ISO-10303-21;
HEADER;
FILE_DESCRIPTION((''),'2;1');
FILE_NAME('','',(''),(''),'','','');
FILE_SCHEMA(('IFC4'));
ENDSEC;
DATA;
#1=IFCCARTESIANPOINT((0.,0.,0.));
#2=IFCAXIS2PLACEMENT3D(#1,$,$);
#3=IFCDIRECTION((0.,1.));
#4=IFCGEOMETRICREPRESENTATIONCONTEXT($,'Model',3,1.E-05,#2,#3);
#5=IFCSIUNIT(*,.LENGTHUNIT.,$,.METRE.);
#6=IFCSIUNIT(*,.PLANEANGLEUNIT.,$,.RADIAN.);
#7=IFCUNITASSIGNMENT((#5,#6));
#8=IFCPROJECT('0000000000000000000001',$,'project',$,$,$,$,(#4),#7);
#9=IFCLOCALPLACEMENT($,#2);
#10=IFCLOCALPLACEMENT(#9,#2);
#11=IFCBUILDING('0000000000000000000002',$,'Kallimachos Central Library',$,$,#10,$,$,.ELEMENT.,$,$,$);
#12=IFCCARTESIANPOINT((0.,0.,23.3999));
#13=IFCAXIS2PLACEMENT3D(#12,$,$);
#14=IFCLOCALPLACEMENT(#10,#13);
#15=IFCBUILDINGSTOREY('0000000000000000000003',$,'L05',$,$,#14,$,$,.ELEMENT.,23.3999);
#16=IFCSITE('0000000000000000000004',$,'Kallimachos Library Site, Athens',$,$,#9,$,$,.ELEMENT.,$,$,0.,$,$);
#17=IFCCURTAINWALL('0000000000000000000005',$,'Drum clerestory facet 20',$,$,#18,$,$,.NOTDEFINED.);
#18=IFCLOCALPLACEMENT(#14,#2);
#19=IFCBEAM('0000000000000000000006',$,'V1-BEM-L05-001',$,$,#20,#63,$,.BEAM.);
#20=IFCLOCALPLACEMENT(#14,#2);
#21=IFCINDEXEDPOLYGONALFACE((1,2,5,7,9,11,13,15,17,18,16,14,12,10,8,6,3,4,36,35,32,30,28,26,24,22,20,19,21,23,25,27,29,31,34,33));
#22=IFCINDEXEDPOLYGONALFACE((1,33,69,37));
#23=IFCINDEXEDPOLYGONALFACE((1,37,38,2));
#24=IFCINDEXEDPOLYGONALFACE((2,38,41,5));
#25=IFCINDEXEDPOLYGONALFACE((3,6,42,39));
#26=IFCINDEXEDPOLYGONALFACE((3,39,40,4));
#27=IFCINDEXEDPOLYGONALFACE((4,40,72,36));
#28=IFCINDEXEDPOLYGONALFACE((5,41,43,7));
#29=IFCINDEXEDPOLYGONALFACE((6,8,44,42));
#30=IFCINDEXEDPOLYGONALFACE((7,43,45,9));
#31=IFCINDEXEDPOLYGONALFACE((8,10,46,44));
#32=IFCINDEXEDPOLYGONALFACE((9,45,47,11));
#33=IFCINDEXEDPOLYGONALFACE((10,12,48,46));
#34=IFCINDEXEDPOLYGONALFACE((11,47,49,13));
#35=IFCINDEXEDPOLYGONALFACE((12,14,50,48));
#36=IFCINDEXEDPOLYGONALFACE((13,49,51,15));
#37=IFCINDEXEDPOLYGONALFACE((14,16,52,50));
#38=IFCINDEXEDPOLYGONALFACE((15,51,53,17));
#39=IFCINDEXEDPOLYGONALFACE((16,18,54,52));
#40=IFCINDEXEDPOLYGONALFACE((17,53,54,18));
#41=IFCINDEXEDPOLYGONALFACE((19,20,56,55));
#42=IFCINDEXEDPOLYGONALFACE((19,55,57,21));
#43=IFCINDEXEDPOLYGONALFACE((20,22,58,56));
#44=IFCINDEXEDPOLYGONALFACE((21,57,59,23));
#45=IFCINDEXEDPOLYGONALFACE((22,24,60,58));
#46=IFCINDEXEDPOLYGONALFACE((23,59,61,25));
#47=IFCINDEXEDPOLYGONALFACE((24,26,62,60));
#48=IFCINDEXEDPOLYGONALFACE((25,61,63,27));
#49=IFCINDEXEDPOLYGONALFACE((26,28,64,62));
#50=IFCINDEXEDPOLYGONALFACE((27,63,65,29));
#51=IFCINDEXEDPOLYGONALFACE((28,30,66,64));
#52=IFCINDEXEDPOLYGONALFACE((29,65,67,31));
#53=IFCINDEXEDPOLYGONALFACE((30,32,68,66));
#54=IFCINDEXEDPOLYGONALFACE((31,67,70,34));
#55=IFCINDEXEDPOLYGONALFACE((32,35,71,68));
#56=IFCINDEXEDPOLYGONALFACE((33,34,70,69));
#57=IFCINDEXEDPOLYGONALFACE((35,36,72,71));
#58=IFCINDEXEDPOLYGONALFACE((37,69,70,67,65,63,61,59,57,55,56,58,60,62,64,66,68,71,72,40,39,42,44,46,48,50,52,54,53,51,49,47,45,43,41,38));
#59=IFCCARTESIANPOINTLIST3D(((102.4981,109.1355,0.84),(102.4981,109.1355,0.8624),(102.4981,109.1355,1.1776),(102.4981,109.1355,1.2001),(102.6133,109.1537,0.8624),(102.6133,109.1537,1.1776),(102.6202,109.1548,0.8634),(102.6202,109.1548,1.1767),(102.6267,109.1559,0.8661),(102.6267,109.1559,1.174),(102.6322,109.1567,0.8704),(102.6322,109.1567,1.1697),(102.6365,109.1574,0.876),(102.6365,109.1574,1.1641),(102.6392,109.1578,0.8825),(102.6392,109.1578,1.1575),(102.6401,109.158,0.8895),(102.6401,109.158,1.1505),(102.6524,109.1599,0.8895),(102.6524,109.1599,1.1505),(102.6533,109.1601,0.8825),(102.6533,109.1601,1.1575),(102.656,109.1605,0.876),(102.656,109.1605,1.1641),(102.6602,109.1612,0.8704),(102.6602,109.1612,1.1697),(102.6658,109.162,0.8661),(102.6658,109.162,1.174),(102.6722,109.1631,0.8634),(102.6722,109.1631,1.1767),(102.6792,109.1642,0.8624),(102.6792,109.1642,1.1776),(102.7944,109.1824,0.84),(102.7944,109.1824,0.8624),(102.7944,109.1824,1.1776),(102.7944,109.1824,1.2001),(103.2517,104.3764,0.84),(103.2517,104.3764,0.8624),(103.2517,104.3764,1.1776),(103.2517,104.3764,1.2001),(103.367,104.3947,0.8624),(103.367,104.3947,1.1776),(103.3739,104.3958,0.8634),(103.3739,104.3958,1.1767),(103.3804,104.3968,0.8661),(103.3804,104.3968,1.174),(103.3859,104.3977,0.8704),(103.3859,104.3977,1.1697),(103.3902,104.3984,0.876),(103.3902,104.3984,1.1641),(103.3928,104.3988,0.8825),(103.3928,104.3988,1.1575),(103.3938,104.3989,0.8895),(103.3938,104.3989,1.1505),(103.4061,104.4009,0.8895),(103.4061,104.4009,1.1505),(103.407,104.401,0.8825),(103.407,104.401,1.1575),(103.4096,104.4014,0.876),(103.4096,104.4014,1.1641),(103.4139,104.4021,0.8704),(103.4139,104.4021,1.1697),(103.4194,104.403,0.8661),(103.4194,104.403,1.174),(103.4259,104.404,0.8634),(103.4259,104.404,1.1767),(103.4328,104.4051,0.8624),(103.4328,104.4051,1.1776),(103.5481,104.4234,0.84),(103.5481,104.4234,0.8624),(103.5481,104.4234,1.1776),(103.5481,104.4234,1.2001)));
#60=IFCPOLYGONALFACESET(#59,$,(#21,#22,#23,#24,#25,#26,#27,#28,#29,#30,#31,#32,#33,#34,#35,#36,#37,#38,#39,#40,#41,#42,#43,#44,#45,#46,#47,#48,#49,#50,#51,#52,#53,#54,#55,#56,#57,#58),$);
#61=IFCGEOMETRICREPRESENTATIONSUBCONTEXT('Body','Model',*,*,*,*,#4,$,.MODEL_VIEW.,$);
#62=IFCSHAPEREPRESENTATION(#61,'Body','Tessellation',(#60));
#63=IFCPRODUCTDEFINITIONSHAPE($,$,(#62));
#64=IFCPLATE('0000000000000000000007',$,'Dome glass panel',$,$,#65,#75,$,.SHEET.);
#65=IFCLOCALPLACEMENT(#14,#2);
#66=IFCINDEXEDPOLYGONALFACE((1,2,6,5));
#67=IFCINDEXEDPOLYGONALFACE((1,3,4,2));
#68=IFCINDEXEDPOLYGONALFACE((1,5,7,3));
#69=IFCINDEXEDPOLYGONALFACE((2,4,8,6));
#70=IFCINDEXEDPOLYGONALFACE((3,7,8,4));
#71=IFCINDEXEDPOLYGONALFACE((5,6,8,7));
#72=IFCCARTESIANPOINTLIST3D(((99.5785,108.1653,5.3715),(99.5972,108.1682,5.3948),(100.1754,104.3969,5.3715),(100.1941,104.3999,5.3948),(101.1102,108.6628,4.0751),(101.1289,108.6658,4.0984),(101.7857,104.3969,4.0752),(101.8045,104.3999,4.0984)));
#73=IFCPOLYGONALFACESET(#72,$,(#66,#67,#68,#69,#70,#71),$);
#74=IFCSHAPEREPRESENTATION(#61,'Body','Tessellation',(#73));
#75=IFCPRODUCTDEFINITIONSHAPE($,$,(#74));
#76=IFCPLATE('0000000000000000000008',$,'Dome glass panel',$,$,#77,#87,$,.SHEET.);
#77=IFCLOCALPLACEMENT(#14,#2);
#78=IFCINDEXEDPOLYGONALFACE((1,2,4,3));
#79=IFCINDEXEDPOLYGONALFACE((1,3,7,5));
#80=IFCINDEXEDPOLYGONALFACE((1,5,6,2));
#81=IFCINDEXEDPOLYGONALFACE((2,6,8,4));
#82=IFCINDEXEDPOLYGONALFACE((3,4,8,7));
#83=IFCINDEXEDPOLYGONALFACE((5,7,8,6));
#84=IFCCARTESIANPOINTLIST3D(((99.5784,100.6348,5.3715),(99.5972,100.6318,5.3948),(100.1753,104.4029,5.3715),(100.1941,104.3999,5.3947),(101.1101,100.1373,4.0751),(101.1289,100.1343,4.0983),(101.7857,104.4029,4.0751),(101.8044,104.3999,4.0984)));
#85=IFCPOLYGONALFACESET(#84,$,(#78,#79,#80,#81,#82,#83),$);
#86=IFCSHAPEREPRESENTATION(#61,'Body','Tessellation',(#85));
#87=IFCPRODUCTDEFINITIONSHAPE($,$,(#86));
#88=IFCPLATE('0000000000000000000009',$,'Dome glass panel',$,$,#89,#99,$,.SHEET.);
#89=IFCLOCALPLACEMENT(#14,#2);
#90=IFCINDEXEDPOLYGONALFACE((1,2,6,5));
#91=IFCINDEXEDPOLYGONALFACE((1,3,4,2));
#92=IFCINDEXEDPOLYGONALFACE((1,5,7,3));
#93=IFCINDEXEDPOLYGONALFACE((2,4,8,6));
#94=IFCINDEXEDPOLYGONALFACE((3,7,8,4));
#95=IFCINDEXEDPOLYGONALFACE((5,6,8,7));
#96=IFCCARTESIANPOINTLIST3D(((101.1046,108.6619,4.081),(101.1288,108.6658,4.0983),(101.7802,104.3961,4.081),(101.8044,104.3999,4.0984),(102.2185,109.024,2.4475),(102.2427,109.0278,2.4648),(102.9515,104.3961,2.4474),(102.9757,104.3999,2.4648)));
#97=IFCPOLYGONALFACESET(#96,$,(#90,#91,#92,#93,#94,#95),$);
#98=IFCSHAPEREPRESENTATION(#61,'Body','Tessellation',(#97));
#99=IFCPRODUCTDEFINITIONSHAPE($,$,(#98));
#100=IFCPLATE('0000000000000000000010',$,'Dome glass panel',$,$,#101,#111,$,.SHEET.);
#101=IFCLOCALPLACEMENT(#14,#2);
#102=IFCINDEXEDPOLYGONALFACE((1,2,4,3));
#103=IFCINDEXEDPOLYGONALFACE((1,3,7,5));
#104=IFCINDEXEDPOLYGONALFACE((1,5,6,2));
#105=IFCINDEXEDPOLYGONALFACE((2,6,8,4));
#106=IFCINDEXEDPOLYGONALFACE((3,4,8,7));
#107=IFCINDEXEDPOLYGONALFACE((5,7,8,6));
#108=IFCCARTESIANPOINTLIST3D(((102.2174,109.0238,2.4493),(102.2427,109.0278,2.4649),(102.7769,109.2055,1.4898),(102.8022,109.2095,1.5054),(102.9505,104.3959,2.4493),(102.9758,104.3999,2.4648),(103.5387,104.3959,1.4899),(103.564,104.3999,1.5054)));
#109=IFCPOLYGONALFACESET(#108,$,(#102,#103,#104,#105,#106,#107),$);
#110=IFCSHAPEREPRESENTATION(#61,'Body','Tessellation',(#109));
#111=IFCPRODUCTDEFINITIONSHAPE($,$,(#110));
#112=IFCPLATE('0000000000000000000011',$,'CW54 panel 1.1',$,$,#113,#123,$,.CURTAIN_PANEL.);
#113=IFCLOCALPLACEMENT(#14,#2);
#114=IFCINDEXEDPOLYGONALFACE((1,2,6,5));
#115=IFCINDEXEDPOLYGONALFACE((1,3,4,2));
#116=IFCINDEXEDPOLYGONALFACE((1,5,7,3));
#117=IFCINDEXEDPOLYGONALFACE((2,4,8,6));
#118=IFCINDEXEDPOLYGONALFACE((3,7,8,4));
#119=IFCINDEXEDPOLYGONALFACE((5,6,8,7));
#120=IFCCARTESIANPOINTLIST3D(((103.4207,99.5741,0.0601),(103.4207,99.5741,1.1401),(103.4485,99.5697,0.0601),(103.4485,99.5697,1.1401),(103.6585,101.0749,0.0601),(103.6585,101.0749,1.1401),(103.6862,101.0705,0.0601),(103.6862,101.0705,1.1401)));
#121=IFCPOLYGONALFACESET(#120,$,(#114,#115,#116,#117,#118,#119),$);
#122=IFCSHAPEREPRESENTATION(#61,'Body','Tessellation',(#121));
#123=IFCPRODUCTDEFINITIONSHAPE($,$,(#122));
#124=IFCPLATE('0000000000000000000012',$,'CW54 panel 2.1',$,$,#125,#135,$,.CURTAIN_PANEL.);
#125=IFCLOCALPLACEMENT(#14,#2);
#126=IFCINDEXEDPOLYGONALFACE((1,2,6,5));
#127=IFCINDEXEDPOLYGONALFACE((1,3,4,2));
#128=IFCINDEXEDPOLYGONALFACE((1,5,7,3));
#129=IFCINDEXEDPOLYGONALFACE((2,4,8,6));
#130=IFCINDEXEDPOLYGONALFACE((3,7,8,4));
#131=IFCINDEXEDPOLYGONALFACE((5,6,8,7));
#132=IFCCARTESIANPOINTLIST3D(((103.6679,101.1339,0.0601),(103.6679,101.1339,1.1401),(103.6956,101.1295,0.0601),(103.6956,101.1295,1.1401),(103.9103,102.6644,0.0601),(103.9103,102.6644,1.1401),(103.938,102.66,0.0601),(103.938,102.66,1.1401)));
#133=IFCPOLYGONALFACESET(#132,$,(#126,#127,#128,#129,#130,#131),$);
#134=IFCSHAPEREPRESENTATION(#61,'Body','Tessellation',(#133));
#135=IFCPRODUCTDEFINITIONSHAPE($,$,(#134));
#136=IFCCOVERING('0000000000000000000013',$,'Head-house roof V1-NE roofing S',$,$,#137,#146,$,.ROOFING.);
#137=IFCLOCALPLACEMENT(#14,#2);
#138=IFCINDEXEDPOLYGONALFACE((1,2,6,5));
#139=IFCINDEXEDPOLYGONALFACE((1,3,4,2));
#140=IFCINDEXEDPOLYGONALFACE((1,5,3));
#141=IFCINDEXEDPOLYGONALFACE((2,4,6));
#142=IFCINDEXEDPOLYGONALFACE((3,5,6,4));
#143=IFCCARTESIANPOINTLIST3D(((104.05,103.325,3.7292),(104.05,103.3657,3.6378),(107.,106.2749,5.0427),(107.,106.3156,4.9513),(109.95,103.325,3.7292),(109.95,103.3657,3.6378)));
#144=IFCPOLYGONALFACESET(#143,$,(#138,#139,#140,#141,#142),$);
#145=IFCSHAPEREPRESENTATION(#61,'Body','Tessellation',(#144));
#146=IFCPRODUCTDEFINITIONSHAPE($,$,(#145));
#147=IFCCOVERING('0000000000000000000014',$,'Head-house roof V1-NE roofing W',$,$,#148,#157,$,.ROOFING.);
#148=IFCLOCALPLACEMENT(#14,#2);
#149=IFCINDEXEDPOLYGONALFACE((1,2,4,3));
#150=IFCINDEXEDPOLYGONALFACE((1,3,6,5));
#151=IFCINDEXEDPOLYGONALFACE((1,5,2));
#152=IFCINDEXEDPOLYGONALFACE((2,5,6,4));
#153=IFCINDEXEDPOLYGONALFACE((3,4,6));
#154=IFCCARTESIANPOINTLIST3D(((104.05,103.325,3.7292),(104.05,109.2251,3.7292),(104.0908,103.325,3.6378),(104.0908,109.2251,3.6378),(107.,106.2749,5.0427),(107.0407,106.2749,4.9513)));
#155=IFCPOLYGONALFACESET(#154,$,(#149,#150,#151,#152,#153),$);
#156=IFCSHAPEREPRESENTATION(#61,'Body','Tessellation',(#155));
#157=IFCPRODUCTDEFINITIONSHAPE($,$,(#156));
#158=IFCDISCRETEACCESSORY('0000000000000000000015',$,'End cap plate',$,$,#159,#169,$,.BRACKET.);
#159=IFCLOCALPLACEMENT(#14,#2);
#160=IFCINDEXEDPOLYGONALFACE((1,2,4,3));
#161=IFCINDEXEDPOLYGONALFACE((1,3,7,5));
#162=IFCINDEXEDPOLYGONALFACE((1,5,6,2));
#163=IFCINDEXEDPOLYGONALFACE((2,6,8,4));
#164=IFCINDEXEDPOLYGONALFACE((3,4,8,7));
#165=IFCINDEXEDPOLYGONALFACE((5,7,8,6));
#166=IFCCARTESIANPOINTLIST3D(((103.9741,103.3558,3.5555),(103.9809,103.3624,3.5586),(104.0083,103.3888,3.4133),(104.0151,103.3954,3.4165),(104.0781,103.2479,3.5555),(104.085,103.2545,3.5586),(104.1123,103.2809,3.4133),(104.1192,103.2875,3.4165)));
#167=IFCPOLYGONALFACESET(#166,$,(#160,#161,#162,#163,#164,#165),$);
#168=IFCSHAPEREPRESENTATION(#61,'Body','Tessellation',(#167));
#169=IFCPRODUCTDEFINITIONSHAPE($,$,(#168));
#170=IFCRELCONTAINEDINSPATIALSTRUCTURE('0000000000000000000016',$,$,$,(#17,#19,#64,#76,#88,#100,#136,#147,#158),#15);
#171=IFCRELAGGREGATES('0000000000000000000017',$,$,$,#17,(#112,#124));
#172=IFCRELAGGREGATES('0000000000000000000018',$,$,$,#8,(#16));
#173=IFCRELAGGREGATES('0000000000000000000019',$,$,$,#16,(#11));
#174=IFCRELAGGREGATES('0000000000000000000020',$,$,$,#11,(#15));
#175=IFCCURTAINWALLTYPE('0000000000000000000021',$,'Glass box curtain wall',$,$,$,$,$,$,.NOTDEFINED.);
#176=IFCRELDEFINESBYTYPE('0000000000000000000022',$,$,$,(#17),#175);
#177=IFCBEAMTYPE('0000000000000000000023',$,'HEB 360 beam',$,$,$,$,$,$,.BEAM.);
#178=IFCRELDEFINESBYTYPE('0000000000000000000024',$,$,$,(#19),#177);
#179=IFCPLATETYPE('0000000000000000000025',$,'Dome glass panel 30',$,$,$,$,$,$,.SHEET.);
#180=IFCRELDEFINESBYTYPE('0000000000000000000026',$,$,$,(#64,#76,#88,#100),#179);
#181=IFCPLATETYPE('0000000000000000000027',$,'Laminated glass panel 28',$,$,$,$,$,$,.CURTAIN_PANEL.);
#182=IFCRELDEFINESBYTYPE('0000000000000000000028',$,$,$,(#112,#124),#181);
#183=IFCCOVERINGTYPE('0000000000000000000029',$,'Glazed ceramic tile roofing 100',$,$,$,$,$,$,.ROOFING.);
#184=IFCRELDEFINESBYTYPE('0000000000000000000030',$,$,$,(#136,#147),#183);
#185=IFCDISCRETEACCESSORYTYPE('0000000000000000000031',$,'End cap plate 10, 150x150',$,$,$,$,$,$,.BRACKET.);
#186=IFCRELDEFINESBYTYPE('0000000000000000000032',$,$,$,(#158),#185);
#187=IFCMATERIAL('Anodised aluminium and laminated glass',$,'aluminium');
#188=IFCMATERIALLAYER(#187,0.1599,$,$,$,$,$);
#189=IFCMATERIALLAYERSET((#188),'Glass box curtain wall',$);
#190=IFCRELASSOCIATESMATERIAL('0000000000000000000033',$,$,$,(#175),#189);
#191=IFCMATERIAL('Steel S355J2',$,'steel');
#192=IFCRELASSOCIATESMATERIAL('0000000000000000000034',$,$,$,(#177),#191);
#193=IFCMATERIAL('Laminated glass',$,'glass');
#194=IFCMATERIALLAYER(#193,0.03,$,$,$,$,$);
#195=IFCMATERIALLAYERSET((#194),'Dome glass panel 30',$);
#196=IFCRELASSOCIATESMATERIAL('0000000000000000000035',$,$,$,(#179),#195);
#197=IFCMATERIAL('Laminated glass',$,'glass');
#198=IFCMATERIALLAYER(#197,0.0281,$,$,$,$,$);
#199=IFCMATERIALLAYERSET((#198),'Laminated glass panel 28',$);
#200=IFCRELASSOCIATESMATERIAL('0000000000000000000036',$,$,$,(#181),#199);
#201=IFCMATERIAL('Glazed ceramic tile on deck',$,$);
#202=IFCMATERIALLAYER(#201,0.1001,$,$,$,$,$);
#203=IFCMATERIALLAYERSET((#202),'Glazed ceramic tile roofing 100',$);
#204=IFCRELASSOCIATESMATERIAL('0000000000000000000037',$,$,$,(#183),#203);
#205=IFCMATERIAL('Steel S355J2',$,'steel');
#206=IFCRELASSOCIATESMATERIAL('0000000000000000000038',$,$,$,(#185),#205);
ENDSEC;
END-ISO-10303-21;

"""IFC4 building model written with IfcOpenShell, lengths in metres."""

from ifc_helpers import new_model, si_unit, direction, frame, origin, origin_2d, place, context, subcontext, project, spatial, polyline, rectangle, i_section, outline, extrude, material, layer, layer_set, material_profile, profile_set, type_object, element, aggregate, save


model = new_model("IFC4")

# Units and contexts
model_context = context("Model", 3, precision=1e-05, world=origin(), true_north=direction((0.0, 1.0)))
body_context = subcontext(model_context, "Body", "Model", "MODEL_VIEW")
ifc_project = project(units=[si_unit("LENGTHUNIT", "METRE"), si_unit("PLANEANGLEUNIT", "RADIAN")], contexts=[model_context])

# Site, building, storey
site_placement = place(None, origin())
site = spatial("IfcSite", under=ifc_project, at=site_placement, Name="Kallimachos Library Site, Athens", CompositionType="ELEMENT", RefElevation=0.0)
building_placement = place(site_placement, origin())
building = spatial("IfcBuilding", under=site, at=building_placement, Name="Kallimachos Central Library", CompositionType="ELEMENT")
storey_placement = place(building_placement, frame((0.0, 0.0, 23.3999)))
storey = spatial("IfcBuildingStorey", under=building, at=storey_placement, Name="L05", CompositionType="ELEMENT", Elevation=23.3999)

# Curtain wall
ifc_material_1 = material(Name="Anodised aluminium and laminated glass", Category="aluminium")
ifc_layer_1 = layer(ifc_material_1, 0.1599)
ifc_layer_set_1 = layer_set([ifc_layer_1], Name="Glass box curtain wall")
curtain_wall_type = type_object("IfcCurtainWallType", Name="Glass box curtain wall", PredefinedType="NOTDEFINED", material=ifc_layer_set_1)
curtain_wall_placement = place(storey_placement, origin())
curtain_wall = element("IfcCurtainWall", 1, at=curtain_wall_placement, inside=storey, type_object=curtain_wall_type, Name="Drum clerestory facet 20", PredefinedType="NOTDEFINED")

# Beam
ifc_material_2 = material(Name="Steel S355J2", Category="steel")
ifc_material_profile_1 = material_profile(ifc_material_2, i_section(OverallWidth=0.3, OverallDepth=0.3601, WebThickness=0.0125, FlangeThickness=0.0225, FilletRadius=0.0271, at=origin_2d()), Name="HEB 360")
ifc_profile_set_1 = profile_set([ifc_material_profile_1], Name="Steel S355J2")
beam_type = type_object("IfcBeamType", Name="HEB 360 beam", PredefinedType="BEAM", material=ifc_profile_set_1)
beam_placement = place(storey_placement, frame((103.3999, 104.3999, 1.02), z_axis=(-0.156415, 0.987691, 0.0), x_axis=(-0.987691, -0.156415, 0.0)))
element("IfcBeam", 2, at=beam_placement, inside=storey, type_object=beam_type, Name="V1-BEM-L05-001", PredefinedType="BEAM", context=body_context, shape_type="SweptSolid", body=[
    extrude(i_section(OverallWidth=0.3, OverallDepth=0.3601, WebThickness=0.0125, FlangeThickness=0.0225, FilletRadius=0.0271, at=origin_2d()), origin(), (0.0, 0.0, 1.0), 4.8184),
])

# Plates
ifc_material_3 = material(Name="Laminated glass", Category="glass")
ifc_layer_2 = layer(ifc_material_3, 0.03)
ifc_layer_set_2 = layer_set([ifc_layer_2], Name="Dome glass panel 30")
plate_type_1 = type_object("IfcPlateType", Name="Dome glass panel 30", PredefinedType="SHEET", material=ifc_layer_set_2)
plate_1_placement = place(storey_placement, frame((100.1941, 104.3999, 5.3948), z_axis=(0.623991, 0.098828, 0.775157), x_axis=(0.778971, 0.000003, -0.627061)))
element("IfcPlate", 3, at=plate_1_placement, inside=storey, type_object=plate_type_1, Name="Dome glass panel", PredefinedType="SHEET", context=body_context, shape_type="SweptSolid", body=[
    extrude(outline(polyline([(0.0, 0.0), (2.0673, 0.0), (1.5411, 4.2869), (-0.465, 3.7869), (0.0, 0.0)])), origin(), (0.0, 0.0, -1.0), 0.03),
])
plate_2_placement = place(storey_placement, frame((99.5972, 100.6318, 5.3948), z_axis=(0.62399, -0.098834, 0.775157), x_axis=(0.74086, -0.240658, -0.627065)))
element("IfcPlate", 4, at=plate_2_placement, inside=storey, type_object=plate_type_1, Name="Dome glass panel", PredefinedType="SHEET", context=body_context, shape_type="SweptSolid", body=[
    extrude(outline(polyline([(0.0, 0.0), (2.0675, 0.0), (1.5414, 4.2866), (-0.4646, 3.7867), (0.0, 0.0)])), origin(), (0.0, 0.0, -1.0), 0.03),
])
plate_3_placement = place(storey_placement, frame((101.8044, 104.3999, 4.0984), z_axis=(0.806039, 0.127669, 0.57793), x_axis=(0.582699, -0.000007, -0.812688)))
element("IfcPlate", 5, at=plate_3_placement, inside=storey, type_object=plate_type_1, Name="Dome glass panel", PredefinedType="SHEET", context=body_context, shape_type="SweptSolid", body=[
    extrude(outline(polyline([(0.0, 0.0), (2.0101, 0.0), (1.5829, 4.6661), (-0.3937, 4.301), (0.0, 0.0)])), origin(), (0.0, 0.0, -1.0), 0.03),
])
plate_4_placement = place(storey_placement, frame((102.9758, 104.3999, 2.4648), z_axis=(0.844864, 0.133824, 0.517973), x_axis=(0.522673, 0.00001, -0.852533)))
element("IfcPlate", 6, at=plate_4_placement, inside=storey, type_object=plate_type_1, Name="Dome glass panel", PredefinedType="SHEET", context=body_context, shape_type="SweptSolid", body=[
    extrude(outline(polyline([(0.0, 0.0), (1.1254, 0.0), (0.7273, 4.8532), (-0.3832, 4.67), (0.0, 0.0)])), origin(), (0.0, 0.0, -1.0), 0.03),
])

# Plates
ifc_material_4 = material(Name="Laminated glass", Category="glass")
ifc_layer_3 = layer(ifc_material_4, 0.0281)
ifc_layer_set_3 = layer_set([ifc_layer_3], Name="Laminated glass panel 28")
plate_type_2 = type_object("IfcPlateType", Name="Laminated glass panel 28", PredefinedType="CURTAIN_PANEL", material=ifc_layer_set_3)
plate_5_placement = place(storey_placement, frame((103.5535, 100.3223, 0.0601), z_axis=(0.0, 0.0, 1.0), x_axis=(0.156435, 0.987688, 0.0)))
plate_5 = element("IfcPlate", 7, at=plate_5_placement, type_object=plate_type_2, Name="CW54 panel 1.1", PredefinedType="CURTAIN_PANEL", context=body_context, shape_type="SweptSolid", body=[
    extrude(rectangle(XDim=1.5195, YDim=0.0281, at=origin_2d()), origin(), (0.0, 0.0, 1.0), 1.0801),
])
plate_6_placement = place(storey_placement, frame((103.803, 101.897, 0.0601), z_axis=(0.0, 0.0, 1.0), x_axis=(0.156435, 0.987688, 0.0)))
plate_6 = element("IfcPlate", 8, at=plate_6_placement, type_object=plate_type_2, Name="CW54 panel 2.1", PredefinedType="CURTAIN_PANEL", context=body_context, shape_type="SweptSolid", body=[
    extrude(rectangle(XDim=1.5496, YDim=0.0281, at=origin_2d()), origin(), (0.0, 0.0, 1.0), 1.0801),
])
aggregate(curtain_wall, [plate_5, plate_6])

# Coverings
ifc_material_5 = material(Name="Glazed ceramic tile on deck")
ifc_layer_4 = layer(ifc_material_5, 0.1001)
ifc_layer_set_4 = layer_set([ifc_layer_4], Name="Glazed ceramic tile roofing 100")
covering_type = type_object("IfcCoveringType", Name="Glazed ceramic tile roofing 100", PredefinedType="ROOFING", material=ifc_layer_set_4)
covering_1_placement = place(storey_placement, frame((104.05, 103.325, 3.7292), z_axis=(0.0, -0.406756, 0.913537), x_axis=(1.0, 0.0, 0.0)))
element("IfcCovering", 9, at=covering_1_placement, inside=storey, type_object=covering_type, Name="Head-house roof V1-NE roofing S", PredefinedType="ROOFING", context=body_context, shape_type="SweptSolid", body=[
    extrude(outline(polyline([(0.0, 0.0), (5.8999, 0.0), (2.95, 3.2292), (0.0, 0.0)])), origin(), (0.0, 0.0, -1.0), 0.1001),
])
covering_2_placement = place(storey_placement, frame((104.05, 103.325, 3.7292), z_axis=(-0.406756, 0.0, 0.913537), x_axis=(0.674468, 0.674468, 0.300309)))
element("IfcCovering", 10, at=covering_2_placement, inside=storey, type_object=covering_type, Name="Head-house roof V1-NE roofing W", PredefinedType="ROOFING", context=body_context, shape_type="SweptSolid", body=[
    extrude(outline(polyline([(0.0, 0.0), (4.3737, 0.0), (3.9795, 4.3561), (0.0, 0.0)])), origin(), (0.0, 0.0, -1.0), 0.1001),
])

# Discrete accessory
ifc_material_6 = material(Name="Steel S355J2", Category="steel")
ifc_material_profile_2 = material_profile(ifc_material_6, rectangle(XDim=0.1499, YDim=0.1499, at=origin_2d()), Name="End cap plate 10, 150x150")
ifc_profile_set_2 = profile_set([ifc_material_profile_2], Name="Steel S355J2")
discrete_accessory_type = type_object("IfcDiscreteAccessoryType", Name="End cap plate 10, 150x150", PredefinedType="BRACKET", material=ifc_profile_set_2)
discrete_accessory_placement = place(storey_placement, frame((104.0432, 103.3184, 3.4844), z_axis=(0.682724, 0.658341, 0.316979), x_axis=(-0.694136, 0.719844, 0.0)))
element("IfcDiscreteAccessory", 11, at=discrete_accessory_placement, inside=storey, type_object=discrete_accessory_type, Name="End cap plate", PredefinedType="BRACKET", context=body_context, shape_type="SweptSolid", body=[
    extrude(rectangle(XDim=0.1499, YDim=0.1499, at=origin_2d()), origin(), (0.0, 0.0, 1.0), 0.01),
])

save(model, "model.ifc")
